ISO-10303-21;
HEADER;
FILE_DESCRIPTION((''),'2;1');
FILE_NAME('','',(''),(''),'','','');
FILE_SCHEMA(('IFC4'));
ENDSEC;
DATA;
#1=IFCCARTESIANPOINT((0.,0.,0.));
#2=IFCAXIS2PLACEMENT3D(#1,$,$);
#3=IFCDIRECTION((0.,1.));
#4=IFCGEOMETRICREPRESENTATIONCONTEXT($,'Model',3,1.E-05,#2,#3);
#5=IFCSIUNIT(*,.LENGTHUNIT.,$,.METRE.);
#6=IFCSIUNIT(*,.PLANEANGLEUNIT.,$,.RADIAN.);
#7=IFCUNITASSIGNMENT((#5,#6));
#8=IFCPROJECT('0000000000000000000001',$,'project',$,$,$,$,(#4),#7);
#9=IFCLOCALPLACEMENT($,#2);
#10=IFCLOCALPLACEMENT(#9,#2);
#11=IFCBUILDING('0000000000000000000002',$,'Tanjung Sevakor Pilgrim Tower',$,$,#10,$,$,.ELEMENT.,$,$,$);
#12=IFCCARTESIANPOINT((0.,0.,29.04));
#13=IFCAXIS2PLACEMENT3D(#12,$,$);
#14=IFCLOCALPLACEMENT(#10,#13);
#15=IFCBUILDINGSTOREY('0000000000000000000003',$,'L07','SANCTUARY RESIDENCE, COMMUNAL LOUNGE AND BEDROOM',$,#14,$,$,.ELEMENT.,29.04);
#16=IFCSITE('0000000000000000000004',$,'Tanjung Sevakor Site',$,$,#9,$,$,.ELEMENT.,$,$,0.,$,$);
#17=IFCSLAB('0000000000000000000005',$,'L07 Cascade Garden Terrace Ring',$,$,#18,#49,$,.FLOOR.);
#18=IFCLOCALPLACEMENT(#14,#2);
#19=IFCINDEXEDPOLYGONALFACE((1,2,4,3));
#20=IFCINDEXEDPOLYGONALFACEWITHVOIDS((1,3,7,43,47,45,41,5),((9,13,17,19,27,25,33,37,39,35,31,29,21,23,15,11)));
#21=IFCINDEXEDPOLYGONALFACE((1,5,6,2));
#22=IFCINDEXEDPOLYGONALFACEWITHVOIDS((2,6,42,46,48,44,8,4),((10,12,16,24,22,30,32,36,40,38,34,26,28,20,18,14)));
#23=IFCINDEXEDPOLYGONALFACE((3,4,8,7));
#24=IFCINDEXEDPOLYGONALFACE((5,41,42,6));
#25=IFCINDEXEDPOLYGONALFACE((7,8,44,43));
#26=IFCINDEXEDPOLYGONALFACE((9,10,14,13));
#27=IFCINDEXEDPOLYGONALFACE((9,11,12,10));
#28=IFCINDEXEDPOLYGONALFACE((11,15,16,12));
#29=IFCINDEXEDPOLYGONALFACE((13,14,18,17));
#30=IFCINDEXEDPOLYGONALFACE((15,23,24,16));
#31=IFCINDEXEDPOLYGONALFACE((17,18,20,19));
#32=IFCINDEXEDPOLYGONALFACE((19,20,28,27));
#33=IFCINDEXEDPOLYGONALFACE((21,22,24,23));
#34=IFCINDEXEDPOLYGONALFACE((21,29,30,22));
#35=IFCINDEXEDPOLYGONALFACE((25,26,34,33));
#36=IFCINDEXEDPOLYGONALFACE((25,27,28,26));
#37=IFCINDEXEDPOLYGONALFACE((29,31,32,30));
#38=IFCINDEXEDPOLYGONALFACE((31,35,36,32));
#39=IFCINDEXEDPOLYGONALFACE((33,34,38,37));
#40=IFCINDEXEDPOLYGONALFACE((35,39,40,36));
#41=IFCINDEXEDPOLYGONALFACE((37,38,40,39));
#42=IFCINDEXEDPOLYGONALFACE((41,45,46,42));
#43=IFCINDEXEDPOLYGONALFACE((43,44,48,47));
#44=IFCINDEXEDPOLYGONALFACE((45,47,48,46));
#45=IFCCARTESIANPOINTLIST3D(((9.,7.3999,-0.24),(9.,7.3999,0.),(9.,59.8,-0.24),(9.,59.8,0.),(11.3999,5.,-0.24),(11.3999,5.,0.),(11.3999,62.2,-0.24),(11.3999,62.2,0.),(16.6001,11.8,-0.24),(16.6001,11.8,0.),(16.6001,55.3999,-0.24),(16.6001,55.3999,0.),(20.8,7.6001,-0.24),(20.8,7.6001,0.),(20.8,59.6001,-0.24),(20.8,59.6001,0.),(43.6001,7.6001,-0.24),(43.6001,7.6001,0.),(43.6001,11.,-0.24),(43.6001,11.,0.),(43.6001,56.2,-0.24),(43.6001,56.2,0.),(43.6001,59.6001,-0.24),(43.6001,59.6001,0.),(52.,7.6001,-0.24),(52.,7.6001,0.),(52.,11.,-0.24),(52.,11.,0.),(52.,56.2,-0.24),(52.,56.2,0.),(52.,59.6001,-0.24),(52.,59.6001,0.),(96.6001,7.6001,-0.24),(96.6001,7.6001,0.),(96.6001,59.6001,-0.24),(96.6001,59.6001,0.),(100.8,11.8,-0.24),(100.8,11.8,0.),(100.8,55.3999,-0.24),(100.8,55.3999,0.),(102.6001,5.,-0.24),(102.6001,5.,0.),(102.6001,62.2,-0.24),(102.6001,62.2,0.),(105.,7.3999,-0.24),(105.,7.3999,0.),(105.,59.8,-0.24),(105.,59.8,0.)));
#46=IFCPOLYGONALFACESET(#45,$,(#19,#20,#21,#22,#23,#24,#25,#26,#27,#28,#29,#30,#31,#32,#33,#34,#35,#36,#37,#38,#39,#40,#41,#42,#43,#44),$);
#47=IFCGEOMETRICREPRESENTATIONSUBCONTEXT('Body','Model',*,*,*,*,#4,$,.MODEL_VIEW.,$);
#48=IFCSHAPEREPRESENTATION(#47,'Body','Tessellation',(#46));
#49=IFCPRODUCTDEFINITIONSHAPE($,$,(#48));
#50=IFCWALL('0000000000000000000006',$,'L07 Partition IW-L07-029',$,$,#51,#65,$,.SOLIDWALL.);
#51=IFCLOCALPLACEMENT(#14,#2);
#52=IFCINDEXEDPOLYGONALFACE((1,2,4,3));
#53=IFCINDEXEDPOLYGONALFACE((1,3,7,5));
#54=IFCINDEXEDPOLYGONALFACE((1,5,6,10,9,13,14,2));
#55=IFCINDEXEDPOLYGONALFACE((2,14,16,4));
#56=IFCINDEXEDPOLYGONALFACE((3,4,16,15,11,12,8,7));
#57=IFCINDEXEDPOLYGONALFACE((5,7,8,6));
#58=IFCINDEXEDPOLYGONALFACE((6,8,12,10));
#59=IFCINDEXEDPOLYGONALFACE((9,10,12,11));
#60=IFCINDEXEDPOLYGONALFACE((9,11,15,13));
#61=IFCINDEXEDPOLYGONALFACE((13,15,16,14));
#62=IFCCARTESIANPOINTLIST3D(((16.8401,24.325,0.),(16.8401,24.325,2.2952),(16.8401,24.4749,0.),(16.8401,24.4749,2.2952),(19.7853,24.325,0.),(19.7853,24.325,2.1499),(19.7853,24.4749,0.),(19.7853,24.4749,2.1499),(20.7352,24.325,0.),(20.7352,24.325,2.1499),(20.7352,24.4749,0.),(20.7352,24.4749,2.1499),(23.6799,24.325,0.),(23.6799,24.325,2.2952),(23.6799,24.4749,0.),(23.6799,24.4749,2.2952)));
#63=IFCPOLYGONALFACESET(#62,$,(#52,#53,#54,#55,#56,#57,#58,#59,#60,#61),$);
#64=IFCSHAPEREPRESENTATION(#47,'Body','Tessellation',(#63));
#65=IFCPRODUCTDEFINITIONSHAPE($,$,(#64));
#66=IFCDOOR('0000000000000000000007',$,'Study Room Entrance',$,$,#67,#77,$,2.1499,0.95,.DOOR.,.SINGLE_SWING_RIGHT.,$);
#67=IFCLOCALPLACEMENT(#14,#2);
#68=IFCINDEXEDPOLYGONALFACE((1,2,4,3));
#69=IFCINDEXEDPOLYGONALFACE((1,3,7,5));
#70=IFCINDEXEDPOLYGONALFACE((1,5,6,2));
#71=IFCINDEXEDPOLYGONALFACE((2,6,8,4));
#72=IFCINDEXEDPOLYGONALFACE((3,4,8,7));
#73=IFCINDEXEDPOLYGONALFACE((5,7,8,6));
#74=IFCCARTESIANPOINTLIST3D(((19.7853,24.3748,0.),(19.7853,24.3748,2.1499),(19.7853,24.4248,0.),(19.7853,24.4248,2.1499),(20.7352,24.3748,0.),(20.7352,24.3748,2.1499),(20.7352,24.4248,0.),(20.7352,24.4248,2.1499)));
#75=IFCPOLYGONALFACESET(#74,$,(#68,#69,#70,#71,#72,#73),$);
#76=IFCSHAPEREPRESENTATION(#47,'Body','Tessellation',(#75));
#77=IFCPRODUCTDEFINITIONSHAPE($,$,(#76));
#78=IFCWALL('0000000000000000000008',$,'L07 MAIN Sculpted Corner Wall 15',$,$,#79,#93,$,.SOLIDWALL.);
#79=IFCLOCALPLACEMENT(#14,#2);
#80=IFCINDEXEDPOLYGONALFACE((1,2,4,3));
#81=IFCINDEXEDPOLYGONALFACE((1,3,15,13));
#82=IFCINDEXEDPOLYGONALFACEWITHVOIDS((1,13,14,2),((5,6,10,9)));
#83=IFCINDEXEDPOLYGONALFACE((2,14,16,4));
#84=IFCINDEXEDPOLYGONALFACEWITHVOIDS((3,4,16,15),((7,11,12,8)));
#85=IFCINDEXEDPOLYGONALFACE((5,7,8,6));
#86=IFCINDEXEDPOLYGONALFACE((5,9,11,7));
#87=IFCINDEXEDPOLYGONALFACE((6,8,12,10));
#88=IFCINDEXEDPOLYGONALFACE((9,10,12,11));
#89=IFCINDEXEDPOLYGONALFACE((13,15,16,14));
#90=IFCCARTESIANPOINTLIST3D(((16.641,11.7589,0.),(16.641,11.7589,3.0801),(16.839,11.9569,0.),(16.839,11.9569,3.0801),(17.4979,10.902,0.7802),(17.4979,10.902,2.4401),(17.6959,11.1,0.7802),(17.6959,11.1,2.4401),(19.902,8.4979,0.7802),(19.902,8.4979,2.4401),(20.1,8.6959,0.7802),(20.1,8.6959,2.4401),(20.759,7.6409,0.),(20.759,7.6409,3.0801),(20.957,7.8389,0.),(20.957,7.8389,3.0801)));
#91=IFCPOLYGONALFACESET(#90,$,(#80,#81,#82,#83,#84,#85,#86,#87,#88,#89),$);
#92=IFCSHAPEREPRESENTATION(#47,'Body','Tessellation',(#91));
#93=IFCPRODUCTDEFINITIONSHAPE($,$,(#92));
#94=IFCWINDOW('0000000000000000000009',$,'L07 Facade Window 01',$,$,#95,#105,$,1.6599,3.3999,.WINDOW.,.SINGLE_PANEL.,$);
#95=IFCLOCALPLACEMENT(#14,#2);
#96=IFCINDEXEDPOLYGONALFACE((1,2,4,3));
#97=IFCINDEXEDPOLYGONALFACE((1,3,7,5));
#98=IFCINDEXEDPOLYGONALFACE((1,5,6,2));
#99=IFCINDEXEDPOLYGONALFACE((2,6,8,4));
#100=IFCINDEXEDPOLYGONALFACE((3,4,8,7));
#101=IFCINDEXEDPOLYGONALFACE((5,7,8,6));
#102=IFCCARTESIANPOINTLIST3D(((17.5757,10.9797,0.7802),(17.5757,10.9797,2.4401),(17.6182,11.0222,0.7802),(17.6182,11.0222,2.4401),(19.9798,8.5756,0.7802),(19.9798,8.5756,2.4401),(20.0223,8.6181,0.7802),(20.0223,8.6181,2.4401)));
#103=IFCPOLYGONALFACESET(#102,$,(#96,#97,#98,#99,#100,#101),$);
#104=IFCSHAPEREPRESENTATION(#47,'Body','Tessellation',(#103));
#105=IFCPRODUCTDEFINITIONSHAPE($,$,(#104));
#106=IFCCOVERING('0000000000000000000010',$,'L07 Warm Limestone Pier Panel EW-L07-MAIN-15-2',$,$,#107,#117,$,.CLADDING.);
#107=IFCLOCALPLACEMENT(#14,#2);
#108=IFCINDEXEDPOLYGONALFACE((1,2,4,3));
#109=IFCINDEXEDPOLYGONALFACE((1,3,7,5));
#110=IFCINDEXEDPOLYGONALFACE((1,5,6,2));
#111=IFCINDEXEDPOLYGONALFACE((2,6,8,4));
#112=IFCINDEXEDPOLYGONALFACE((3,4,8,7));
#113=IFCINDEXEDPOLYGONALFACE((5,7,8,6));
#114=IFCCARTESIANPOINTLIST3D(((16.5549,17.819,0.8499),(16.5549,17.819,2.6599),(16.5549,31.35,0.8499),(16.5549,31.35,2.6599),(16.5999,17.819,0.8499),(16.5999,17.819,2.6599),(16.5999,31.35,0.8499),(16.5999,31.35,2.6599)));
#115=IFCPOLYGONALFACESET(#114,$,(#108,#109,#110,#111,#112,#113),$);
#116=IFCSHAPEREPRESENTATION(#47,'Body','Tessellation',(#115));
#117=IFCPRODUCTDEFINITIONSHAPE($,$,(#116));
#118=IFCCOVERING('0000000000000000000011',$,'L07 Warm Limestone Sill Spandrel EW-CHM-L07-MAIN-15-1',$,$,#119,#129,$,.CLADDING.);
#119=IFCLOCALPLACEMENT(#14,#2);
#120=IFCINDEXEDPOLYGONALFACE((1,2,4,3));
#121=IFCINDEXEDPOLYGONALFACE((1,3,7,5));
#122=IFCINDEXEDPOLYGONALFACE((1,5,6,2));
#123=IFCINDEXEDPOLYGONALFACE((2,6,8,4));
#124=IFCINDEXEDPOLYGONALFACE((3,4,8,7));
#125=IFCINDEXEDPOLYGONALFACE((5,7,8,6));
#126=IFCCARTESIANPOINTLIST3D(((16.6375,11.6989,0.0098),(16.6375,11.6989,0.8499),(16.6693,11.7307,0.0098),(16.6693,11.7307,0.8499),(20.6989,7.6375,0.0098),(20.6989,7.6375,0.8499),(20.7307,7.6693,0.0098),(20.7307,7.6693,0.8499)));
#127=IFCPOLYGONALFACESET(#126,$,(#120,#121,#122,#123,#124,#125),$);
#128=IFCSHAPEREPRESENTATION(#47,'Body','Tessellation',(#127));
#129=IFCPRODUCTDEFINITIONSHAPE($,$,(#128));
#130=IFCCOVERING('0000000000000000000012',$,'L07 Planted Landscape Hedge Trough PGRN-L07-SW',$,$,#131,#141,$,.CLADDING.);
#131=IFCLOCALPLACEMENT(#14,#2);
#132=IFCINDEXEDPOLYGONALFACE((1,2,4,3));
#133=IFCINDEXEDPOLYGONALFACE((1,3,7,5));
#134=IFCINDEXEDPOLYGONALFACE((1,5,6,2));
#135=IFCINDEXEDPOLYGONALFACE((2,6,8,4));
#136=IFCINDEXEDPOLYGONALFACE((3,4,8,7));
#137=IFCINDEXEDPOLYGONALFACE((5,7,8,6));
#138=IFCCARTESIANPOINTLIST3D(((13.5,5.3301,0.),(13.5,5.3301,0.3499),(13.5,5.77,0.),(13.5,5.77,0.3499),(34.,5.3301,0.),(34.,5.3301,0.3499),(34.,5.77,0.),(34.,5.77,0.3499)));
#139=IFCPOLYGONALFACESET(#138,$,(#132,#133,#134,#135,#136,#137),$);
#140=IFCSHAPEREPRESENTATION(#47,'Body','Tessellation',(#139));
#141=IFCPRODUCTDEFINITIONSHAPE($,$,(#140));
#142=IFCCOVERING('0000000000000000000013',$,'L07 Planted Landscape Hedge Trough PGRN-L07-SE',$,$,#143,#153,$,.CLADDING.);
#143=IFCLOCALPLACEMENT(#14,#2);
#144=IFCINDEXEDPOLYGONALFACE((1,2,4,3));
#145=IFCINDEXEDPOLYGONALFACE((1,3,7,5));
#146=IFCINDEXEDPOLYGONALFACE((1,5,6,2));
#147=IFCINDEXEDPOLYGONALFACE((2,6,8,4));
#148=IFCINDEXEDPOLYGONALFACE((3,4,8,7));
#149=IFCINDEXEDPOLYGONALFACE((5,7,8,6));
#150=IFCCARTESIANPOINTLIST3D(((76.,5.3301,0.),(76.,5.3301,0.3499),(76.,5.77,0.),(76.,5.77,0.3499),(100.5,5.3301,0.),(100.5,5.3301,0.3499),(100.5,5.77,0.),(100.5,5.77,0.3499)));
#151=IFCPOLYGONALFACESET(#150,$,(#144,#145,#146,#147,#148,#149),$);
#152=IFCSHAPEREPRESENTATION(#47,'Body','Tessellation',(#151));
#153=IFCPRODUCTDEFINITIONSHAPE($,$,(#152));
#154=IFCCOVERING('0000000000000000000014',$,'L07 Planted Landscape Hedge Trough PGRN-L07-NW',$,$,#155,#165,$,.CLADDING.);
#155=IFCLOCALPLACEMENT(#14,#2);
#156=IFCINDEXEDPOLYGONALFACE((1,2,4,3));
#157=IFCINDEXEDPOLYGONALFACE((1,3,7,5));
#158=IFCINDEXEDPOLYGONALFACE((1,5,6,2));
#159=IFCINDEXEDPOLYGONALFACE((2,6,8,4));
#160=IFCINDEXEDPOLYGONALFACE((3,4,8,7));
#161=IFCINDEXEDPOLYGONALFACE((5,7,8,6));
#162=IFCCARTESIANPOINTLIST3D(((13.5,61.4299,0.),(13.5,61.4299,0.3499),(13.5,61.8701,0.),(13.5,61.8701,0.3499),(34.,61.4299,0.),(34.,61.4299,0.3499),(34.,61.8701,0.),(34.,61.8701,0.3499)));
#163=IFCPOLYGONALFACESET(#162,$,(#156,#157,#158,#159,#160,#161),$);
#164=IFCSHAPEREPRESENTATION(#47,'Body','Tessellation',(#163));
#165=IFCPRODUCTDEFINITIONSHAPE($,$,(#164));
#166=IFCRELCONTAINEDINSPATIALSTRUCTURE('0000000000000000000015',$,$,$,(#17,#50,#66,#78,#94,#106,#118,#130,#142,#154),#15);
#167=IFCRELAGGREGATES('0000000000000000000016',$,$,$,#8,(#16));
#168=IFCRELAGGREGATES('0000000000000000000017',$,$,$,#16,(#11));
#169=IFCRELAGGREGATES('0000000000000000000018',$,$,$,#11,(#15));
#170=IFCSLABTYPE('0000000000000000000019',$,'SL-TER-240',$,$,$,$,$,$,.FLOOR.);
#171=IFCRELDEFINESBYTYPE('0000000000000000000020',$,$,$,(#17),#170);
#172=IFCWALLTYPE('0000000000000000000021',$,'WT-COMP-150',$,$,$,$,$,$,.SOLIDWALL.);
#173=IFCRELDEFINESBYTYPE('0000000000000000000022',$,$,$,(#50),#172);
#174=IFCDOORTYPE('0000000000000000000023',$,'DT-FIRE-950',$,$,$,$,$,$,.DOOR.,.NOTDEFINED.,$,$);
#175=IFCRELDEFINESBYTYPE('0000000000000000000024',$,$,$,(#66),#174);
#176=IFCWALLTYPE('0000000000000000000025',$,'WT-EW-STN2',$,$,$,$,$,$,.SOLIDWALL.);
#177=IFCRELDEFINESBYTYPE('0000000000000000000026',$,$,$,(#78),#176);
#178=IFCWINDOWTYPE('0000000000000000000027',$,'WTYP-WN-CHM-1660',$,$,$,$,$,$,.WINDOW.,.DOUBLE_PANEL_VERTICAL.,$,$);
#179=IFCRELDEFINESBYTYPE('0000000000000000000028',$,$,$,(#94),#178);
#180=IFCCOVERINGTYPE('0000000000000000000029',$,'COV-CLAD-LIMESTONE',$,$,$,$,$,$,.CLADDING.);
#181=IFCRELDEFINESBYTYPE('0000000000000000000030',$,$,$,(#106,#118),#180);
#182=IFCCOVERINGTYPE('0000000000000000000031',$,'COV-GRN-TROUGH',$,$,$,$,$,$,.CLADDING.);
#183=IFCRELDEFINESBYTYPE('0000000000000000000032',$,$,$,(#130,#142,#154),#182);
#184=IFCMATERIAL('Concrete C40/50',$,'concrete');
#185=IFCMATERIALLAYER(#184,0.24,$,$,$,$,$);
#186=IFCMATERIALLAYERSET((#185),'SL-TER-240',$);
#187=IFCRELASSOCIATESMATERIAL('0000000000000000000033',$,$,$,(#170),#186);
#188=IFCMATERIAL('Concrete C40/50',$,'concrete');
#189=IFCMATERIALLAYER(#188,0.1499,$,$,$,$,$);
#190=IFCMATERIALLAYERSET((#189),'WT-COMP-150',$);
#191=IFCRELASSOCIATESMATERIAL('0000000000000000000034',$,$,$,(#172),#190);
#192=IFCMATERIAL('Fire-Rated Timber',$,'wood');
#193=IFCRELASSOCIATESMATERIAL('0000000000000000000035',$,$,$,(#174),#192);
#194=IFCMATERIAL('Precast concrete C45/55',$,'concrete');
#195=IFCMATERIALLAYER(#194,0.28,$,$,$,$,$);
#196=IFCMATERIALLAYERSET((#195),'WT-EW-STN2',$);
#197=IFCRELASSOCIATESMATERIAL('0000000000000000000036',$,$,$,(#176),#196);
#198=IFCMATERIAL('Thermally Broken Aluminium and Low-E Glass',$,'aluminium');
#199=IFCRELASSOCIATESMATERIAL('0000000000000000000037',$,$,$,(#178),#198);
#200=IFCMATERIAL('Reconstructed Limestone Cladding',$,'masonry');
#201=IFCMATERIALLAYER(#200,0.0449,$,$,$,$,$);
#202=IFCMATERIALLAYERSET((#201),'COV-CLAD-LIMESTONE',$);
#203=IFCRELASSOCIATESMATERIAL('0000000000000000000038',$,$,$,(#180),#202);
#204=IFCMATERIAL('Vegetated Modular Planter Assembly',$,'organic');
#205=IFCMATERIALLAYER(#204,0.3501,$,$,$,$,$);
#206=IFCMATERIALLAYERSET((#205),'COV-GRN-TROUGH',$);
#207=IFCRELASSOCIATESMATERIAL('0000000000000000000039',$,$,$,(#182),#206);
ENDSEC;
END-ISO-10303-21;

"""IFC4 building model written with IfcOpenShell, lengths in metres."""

from ifc_helpers import new_model, si_unit, direction, frame, frame_2d, origin, origin_2d, place, context, subcontext, project, spatial, polyline, rectangle, outline, extrude, material, layer, layer_set, type_object, element, fill, save


model = new_model("IFC4")

# Units and contexts
model_context = context("Model", 3, precision=1e-05, world=origin(), true_north=direction((0.0, 1.0)))
body_context = subcontext(model_context, "Body", "Model", "MODEL_VIEW")
ifc_project = project(units=[si_unit("LENGTHUNIT", "METRE"), si_unit("PLANEANGLEUNIT", "RADIAN")], contexts=[model_context])

# Site, building, storey
site_placement = place(None, origin())
site = spatial("IfcSite", under=ifc_project, at=site_placement, Name="Tanjung Sevakor Site", CompositionType="ELEMENT", RefElevation=0.0)
building_placement = place(site_placement, origin())
building = spatial("IfcBuilding", under=site, at=building_placement, Name="Tanjung Sevakor Pilgrim Tower", CompositionType="ELEMENT")
storey_placement = place(building_placement, frame((0.0, 0.0, 29.04)))
storey = spatial("IfcBuildingStorey", under=building, at=storey_placement, Name="L07", Description="SANCTUARY RESIDENCE, COMMUNAL LOUNGE AND BEDROOM", CompositionType="ELEMENT", Elevation=29.04)

# Slab
ifc_material_1 = material(Name="Concrete C40/50", Category="concrete")
ifc_layer_1 = layer(ifc_material_1, 0.24)
ifc_layer_set_1 = layer_set([ifc_layer_1], Name="SL-TER-240")
slab_type_1 = type_object("IfcSlabType", Name="SL-TER-240", PredefinedType="FLOOR", material=ifc_layer_set_1)
slab_1_placement = place(storey_placement, frame((0.0, 0.0, -0.24)))
element("IfcSlab", 1, at=slab_1_placement, inside=storey, type_object=slab_type_1, Name="L07 Cascade Garden Terrace Ring", PredefinedType="FLOOR", context=body_context, shape_type="SweptSolid", body=[
    extrude(outline(polyline([(11.3999, 5.0), (102.6001, 5.0), (105.0, 7.3999), (105.0, 59.8), (102.6001, 62.2), (11.3999, 62.2), (9.0, 59.8), (9.0, 7.3999), (11.3999, 5.0)]), holes=[polyline([(20.8, 7.6001), (43.6001, 7.6001), (43.6001, 11.0), (52.0, 11.0), (52.0, 7.6001), (96.6001, 7.6001), (100.8, 11.8), (100.8, 55.3999), (96.6001, 59.6001), (52.0, 59.6001), (52.0, 56.2), (43.6001, 56.2), (43.6001, 59.6001), (20.8, 59.6001), (16.6001, 55.3999), (16.6001, 11.8), (20.8, 7.6001)])]), origin(), (0.0, 0.0, 1.0), 0.24),
])

# Wall, opening, door
ifc_material_2 = material(Name="Concrete C40/50", Category="concrete")
ifc_layer_2 = layer(ifc_material_2, 0.1499)
ifc_layer_set_2 = layer_set([ifc_layer_2], Name="WT-COMP-150")
wall_type_1 = type_object("IfcWallType", Name="WT-COMP-150", PredefinedType="SOLIDWALL", material=ifc_layer_set_2)
wall_1_placement = place(storey_placement, frame((16.8401, 24.3999, 0.0), z_axis=(0.0, 0.0, 1.0), x_axis=(1.0, 0.0, 0.0)))
wall_1 = element("IfcWall", 2, at=wall_1_placement, inside=storey, type_object=wall_type_1, Name="L07 Partition IW-L07-029", PredefinedType="SOLIDWALL", context=body_context, shape_type="SweptSolid", body=[
    extrude(rectangle(XDim=6.8398, YDim=0.1499, at=frame_2d((3.4199, 0.0))), origin(), (0.0, 0.0, 1.0), 2.2952),
])
opening_1_placement = place(wall_1_placement, frame((2.9451, 0.0, 0.0)))
opening_1 = element("IfcOpeningElement", 3, at=opening_1_placement, cuts=wall_1, PredefinedType="OPENING", context=body_context, shape_type="SweptSolid", body=[
    extrude(rectangle(XDim=0.95, YDim=2.1499, at=frame_2d((0.4751, 1.075))), frame((0.0, 0.085, 0.0), z_axis=(0.0, -1.0, 0.0), x_axis=(1.0, 0.0, 0.0)), (0.0, 0.0, 1.0), 0.1699),
])
ifc_material_3 = material(Name="Fire-Rated Timber", Category="wood")
door_type = type_object("IfcDoorType", Name="DT-FIRE-950", OperationType="NOTDEFINED", PredefinedType="DOOR", material=ifc_material_3)
door_placement = place(opening_1_placement, origin())
door = element("IfcDoor", 4, at=door_placement, inside=storey, type_object=door_type, Name="Study Room Entrance", OperationType="SINGLE_SWING_RIGHT", OverallHeight=2.1499, OverallWidth=0.95, PredefinedType="DOOR", context=body_context, shape_type="SweptSolid", body=[
    extrude(rectangle(XDim=0.95, YDim=2.1499, at=frame_2d((0.4751, 1.075))), frame((0.0, 0.0249, 0.0), z_axis=(0.0, -1.0, 0.0), x_axis=(1.0, 0.0, 0.0)), (0.0, 0.0, 1.0), 0.05),
])
fill(opening_1, door)

# Wall, opening, window
ifc_material_4 = material(Name="Precast concrete C45/55", Category="concrete")
ifc_layer_3 = layer(ifc_material_4, 0.28)
ifc_layer_set_3 = layer_set([ifc_layer_3], Name="WT-EW-STN2")
wall_type_2 = type_object("IfcWallType", Name="WT-EW-STN2", PredefinedType="SOLIDWALL", material=ifc_layer_set_3)
wall_2_placement = place(storey_placement, frame((16.74, 11.8579, 0.0), z_axis=(0.0, 0.0, 1.0), x_axis=(0.707107, -0.707107, 0.0)))
wall_2 = element("IfcWall", 5, at=wall_2_placement, inside=storey, type_object=wall_type_2, Name="L07 MAIN Sculpted Corner Wall 15", PredefinedType="SOLIDWALL", context=body_context, shape_type="SweptSolid", body=[
    extrude(rectangle(XDim=5.8237, YDim=0.28, at=frame_2d((2.9119, 0.0))), origin(), (0.0, 0.0, 1.0), 3.0801),
])
opening_2_placement = place(wall_2_placement, frame((1.2119, 0.0, 0.78)))
opening_2 = element("IfcOpeningElement", 6, at=opening_2_placement, cuts=wall_2, PredefinedType="OPENING", context=body_context, shape_type="SweptSolid", body=[
    extrude(rectangle(XDim=3.3999, YDim=1.6599, at=frame_2d((1.7, 0.8301))), frame((0.0, 0.1499, 0.0), z_axis=(0.0, -1.0, 0.0), x_axis=(1.0, 0.0, 0.0)), (0.0, 0.0, 1.0), 0.3),
])
ifc_material_5 = material(Name="Thermally Broken Aluminium and Low-E Glass", Category="aluminium")
window_type = type_object("IfcWindowType", Name="WTYP-WN-CHM-1660", PartitioningType="DOUBLE_PANEL_VERTICAL", PredefinedType="WINDOW", material=ifc_material_5)
window_placement = place(opening_2_placement, origin())
window = element("IfcWindow", 7, at=window_placement, inside=storey, type_object=window_type, Name="L07 Facade Window 01", OverallHeight=1.6599, OverallWidth=3.3999, PartitioningType="SINGLE_PANEL", PredefinedType="WINDOW", context=body_context, shape_type="SweptSolid", body=[
    extrude(rectangle(XDim=3.3999, YDim=1.6599, at=frame_2d((1.7, 0.8301))), frame((0.0, 0.03, 0.0), z_axis=(0.0, -1.0, 0.0), x_axis=(1.0, 0.0, 0.0)), (0.0, 0.0, 1.0), 0.0601),
])
fill(opening_2, window)

# Coverings
ifc_material_6 = material(Name="Reconstructed Limestone Cladding", Category="masonry")
ifc_layer_4 = layer(ifc_material_6, 0.0449)
ifc_layer_set_4 = layer_set([ifc_layer_4], Name="COV-CLAD-LIMESTONE")
covering_type_1 = type_object("IfcCoveringType", Name="COV-CLAD-LIMESTONE", PredefinedType="CLADDING", material=ifc_layer_set_4)
covering_1_placement = place(storey_placement, frame((16.5774, 24.5845, 0.8499), z_axis=(0.0, 0.0, 1.0), x_axis=(0.0, -1.0, 0.0)))
element("IfcCovering", 8, at=covering_1_placement, inside=storey, type_object=covering_type_1, Name="L07 Warm Limestone Pier Panel EW-L07-MAIN-15-2", PredefinedType="CLADDING", context=body_context, shape_type="SweptSolid", body=[
    extrude(rectangle(XDim=13.531, YDim=0.0449, at=origin_2d()), origin(), (0.0, 0.0, 1.0), 1.8101),
])
covering_2_placement = place(storey_placement, frame((18.6841, 9.6841, 0.0098), z_axis=(0.0, 0.0, 1.0), x_axis=(0.707107, -0.707107, 0.0)))
element("IfcCovering", 9, at=covering_2_placement, inside=storey, type_object=covering_type_1, Name="L07 Warm Limestone Sill Spandrel EW-CHM-L07-MAIN-15-1", PredefinedType="CLADDING", context=body_context, shape_type="SweptSolid", body=[
    extrude(rectangle(XDim=5.7437, YDim=0.0449, at=origin_2d()), origin(), (0.0, 0.0, 1.0), 0.8401),
])
ifc_material_7 = material(Name="Vegetated Modular Planter Assembly", Category="organic")
ifc_layer_5 = layer(ifc_material_7, 0.3501)
ifc_layer_set_5 = layer_set([ifc_layer_5], Name="COV-GRN-TROUGH")
covering_type_2 = type_object("IfcCoveringType", Name="COV-GRN-TROUGH", PredefinedType="CLADDING", material=ifc_layer_set_5)
covering_3_placement = place(storey_placement, origin())
element("IfcCovering", 10, at=covering_3_placement, inside=storey, type_object=covering_type_2, Name="L07 Planted Landscape Hedge Trough PGRN-L07-SW", PredefinedType="CLADDING", context=body_context, shape_type="SweptSolid", body=[
    extrude(outline(polyline([(13.5, 5.3301), (34.0, 5.3301), (34.0, 5.77), (13.5, 5.77), (13.5, 5.3301)])), origin(), (0.0, 0.0, 1.0), 0.3499),
])
covering_4_placement = place(storey_placement, origin())
element("IfcCovering", 11, at=covering_4_placement, inside=storey, type_object=covering_type_2, Name="L07 Planted Landscape Hedge Trough PGRN-L07-SE", PredefinedType="CLADDING", context=body_context, shape_type="SweptSolid", body=[
    extrude(outline(polyline([(76.0, 5.3301), (100.5, 5.3301), (100.5, 5.77), (76.0, 5.77), (76.0, 5.3301)])), origin(), (0.0, 0.0, 1.0), 0.3499),
])
covering_5_placement = place(storey_placement, origin())
element("IfcCovering", 12, at=covering_5_placement, inside=storey, type_object=covering_type_2, Name="L07 Planted Landscape Hedge Trough PGRN-L07-NW", PredefinedType="CLADDING", context=body_context, shape_type="SweptSolid", body=[
    extrude(outline(polyline([(13.5, 61.4299), (34.0, 61.4299), (34.0, 61.8701), (13.5, 61.8701), (13.5, 61.4299)])), origin(), (0.0, 0.0, 1.0), 0.3499),
])

save(model, "model.ifc")
